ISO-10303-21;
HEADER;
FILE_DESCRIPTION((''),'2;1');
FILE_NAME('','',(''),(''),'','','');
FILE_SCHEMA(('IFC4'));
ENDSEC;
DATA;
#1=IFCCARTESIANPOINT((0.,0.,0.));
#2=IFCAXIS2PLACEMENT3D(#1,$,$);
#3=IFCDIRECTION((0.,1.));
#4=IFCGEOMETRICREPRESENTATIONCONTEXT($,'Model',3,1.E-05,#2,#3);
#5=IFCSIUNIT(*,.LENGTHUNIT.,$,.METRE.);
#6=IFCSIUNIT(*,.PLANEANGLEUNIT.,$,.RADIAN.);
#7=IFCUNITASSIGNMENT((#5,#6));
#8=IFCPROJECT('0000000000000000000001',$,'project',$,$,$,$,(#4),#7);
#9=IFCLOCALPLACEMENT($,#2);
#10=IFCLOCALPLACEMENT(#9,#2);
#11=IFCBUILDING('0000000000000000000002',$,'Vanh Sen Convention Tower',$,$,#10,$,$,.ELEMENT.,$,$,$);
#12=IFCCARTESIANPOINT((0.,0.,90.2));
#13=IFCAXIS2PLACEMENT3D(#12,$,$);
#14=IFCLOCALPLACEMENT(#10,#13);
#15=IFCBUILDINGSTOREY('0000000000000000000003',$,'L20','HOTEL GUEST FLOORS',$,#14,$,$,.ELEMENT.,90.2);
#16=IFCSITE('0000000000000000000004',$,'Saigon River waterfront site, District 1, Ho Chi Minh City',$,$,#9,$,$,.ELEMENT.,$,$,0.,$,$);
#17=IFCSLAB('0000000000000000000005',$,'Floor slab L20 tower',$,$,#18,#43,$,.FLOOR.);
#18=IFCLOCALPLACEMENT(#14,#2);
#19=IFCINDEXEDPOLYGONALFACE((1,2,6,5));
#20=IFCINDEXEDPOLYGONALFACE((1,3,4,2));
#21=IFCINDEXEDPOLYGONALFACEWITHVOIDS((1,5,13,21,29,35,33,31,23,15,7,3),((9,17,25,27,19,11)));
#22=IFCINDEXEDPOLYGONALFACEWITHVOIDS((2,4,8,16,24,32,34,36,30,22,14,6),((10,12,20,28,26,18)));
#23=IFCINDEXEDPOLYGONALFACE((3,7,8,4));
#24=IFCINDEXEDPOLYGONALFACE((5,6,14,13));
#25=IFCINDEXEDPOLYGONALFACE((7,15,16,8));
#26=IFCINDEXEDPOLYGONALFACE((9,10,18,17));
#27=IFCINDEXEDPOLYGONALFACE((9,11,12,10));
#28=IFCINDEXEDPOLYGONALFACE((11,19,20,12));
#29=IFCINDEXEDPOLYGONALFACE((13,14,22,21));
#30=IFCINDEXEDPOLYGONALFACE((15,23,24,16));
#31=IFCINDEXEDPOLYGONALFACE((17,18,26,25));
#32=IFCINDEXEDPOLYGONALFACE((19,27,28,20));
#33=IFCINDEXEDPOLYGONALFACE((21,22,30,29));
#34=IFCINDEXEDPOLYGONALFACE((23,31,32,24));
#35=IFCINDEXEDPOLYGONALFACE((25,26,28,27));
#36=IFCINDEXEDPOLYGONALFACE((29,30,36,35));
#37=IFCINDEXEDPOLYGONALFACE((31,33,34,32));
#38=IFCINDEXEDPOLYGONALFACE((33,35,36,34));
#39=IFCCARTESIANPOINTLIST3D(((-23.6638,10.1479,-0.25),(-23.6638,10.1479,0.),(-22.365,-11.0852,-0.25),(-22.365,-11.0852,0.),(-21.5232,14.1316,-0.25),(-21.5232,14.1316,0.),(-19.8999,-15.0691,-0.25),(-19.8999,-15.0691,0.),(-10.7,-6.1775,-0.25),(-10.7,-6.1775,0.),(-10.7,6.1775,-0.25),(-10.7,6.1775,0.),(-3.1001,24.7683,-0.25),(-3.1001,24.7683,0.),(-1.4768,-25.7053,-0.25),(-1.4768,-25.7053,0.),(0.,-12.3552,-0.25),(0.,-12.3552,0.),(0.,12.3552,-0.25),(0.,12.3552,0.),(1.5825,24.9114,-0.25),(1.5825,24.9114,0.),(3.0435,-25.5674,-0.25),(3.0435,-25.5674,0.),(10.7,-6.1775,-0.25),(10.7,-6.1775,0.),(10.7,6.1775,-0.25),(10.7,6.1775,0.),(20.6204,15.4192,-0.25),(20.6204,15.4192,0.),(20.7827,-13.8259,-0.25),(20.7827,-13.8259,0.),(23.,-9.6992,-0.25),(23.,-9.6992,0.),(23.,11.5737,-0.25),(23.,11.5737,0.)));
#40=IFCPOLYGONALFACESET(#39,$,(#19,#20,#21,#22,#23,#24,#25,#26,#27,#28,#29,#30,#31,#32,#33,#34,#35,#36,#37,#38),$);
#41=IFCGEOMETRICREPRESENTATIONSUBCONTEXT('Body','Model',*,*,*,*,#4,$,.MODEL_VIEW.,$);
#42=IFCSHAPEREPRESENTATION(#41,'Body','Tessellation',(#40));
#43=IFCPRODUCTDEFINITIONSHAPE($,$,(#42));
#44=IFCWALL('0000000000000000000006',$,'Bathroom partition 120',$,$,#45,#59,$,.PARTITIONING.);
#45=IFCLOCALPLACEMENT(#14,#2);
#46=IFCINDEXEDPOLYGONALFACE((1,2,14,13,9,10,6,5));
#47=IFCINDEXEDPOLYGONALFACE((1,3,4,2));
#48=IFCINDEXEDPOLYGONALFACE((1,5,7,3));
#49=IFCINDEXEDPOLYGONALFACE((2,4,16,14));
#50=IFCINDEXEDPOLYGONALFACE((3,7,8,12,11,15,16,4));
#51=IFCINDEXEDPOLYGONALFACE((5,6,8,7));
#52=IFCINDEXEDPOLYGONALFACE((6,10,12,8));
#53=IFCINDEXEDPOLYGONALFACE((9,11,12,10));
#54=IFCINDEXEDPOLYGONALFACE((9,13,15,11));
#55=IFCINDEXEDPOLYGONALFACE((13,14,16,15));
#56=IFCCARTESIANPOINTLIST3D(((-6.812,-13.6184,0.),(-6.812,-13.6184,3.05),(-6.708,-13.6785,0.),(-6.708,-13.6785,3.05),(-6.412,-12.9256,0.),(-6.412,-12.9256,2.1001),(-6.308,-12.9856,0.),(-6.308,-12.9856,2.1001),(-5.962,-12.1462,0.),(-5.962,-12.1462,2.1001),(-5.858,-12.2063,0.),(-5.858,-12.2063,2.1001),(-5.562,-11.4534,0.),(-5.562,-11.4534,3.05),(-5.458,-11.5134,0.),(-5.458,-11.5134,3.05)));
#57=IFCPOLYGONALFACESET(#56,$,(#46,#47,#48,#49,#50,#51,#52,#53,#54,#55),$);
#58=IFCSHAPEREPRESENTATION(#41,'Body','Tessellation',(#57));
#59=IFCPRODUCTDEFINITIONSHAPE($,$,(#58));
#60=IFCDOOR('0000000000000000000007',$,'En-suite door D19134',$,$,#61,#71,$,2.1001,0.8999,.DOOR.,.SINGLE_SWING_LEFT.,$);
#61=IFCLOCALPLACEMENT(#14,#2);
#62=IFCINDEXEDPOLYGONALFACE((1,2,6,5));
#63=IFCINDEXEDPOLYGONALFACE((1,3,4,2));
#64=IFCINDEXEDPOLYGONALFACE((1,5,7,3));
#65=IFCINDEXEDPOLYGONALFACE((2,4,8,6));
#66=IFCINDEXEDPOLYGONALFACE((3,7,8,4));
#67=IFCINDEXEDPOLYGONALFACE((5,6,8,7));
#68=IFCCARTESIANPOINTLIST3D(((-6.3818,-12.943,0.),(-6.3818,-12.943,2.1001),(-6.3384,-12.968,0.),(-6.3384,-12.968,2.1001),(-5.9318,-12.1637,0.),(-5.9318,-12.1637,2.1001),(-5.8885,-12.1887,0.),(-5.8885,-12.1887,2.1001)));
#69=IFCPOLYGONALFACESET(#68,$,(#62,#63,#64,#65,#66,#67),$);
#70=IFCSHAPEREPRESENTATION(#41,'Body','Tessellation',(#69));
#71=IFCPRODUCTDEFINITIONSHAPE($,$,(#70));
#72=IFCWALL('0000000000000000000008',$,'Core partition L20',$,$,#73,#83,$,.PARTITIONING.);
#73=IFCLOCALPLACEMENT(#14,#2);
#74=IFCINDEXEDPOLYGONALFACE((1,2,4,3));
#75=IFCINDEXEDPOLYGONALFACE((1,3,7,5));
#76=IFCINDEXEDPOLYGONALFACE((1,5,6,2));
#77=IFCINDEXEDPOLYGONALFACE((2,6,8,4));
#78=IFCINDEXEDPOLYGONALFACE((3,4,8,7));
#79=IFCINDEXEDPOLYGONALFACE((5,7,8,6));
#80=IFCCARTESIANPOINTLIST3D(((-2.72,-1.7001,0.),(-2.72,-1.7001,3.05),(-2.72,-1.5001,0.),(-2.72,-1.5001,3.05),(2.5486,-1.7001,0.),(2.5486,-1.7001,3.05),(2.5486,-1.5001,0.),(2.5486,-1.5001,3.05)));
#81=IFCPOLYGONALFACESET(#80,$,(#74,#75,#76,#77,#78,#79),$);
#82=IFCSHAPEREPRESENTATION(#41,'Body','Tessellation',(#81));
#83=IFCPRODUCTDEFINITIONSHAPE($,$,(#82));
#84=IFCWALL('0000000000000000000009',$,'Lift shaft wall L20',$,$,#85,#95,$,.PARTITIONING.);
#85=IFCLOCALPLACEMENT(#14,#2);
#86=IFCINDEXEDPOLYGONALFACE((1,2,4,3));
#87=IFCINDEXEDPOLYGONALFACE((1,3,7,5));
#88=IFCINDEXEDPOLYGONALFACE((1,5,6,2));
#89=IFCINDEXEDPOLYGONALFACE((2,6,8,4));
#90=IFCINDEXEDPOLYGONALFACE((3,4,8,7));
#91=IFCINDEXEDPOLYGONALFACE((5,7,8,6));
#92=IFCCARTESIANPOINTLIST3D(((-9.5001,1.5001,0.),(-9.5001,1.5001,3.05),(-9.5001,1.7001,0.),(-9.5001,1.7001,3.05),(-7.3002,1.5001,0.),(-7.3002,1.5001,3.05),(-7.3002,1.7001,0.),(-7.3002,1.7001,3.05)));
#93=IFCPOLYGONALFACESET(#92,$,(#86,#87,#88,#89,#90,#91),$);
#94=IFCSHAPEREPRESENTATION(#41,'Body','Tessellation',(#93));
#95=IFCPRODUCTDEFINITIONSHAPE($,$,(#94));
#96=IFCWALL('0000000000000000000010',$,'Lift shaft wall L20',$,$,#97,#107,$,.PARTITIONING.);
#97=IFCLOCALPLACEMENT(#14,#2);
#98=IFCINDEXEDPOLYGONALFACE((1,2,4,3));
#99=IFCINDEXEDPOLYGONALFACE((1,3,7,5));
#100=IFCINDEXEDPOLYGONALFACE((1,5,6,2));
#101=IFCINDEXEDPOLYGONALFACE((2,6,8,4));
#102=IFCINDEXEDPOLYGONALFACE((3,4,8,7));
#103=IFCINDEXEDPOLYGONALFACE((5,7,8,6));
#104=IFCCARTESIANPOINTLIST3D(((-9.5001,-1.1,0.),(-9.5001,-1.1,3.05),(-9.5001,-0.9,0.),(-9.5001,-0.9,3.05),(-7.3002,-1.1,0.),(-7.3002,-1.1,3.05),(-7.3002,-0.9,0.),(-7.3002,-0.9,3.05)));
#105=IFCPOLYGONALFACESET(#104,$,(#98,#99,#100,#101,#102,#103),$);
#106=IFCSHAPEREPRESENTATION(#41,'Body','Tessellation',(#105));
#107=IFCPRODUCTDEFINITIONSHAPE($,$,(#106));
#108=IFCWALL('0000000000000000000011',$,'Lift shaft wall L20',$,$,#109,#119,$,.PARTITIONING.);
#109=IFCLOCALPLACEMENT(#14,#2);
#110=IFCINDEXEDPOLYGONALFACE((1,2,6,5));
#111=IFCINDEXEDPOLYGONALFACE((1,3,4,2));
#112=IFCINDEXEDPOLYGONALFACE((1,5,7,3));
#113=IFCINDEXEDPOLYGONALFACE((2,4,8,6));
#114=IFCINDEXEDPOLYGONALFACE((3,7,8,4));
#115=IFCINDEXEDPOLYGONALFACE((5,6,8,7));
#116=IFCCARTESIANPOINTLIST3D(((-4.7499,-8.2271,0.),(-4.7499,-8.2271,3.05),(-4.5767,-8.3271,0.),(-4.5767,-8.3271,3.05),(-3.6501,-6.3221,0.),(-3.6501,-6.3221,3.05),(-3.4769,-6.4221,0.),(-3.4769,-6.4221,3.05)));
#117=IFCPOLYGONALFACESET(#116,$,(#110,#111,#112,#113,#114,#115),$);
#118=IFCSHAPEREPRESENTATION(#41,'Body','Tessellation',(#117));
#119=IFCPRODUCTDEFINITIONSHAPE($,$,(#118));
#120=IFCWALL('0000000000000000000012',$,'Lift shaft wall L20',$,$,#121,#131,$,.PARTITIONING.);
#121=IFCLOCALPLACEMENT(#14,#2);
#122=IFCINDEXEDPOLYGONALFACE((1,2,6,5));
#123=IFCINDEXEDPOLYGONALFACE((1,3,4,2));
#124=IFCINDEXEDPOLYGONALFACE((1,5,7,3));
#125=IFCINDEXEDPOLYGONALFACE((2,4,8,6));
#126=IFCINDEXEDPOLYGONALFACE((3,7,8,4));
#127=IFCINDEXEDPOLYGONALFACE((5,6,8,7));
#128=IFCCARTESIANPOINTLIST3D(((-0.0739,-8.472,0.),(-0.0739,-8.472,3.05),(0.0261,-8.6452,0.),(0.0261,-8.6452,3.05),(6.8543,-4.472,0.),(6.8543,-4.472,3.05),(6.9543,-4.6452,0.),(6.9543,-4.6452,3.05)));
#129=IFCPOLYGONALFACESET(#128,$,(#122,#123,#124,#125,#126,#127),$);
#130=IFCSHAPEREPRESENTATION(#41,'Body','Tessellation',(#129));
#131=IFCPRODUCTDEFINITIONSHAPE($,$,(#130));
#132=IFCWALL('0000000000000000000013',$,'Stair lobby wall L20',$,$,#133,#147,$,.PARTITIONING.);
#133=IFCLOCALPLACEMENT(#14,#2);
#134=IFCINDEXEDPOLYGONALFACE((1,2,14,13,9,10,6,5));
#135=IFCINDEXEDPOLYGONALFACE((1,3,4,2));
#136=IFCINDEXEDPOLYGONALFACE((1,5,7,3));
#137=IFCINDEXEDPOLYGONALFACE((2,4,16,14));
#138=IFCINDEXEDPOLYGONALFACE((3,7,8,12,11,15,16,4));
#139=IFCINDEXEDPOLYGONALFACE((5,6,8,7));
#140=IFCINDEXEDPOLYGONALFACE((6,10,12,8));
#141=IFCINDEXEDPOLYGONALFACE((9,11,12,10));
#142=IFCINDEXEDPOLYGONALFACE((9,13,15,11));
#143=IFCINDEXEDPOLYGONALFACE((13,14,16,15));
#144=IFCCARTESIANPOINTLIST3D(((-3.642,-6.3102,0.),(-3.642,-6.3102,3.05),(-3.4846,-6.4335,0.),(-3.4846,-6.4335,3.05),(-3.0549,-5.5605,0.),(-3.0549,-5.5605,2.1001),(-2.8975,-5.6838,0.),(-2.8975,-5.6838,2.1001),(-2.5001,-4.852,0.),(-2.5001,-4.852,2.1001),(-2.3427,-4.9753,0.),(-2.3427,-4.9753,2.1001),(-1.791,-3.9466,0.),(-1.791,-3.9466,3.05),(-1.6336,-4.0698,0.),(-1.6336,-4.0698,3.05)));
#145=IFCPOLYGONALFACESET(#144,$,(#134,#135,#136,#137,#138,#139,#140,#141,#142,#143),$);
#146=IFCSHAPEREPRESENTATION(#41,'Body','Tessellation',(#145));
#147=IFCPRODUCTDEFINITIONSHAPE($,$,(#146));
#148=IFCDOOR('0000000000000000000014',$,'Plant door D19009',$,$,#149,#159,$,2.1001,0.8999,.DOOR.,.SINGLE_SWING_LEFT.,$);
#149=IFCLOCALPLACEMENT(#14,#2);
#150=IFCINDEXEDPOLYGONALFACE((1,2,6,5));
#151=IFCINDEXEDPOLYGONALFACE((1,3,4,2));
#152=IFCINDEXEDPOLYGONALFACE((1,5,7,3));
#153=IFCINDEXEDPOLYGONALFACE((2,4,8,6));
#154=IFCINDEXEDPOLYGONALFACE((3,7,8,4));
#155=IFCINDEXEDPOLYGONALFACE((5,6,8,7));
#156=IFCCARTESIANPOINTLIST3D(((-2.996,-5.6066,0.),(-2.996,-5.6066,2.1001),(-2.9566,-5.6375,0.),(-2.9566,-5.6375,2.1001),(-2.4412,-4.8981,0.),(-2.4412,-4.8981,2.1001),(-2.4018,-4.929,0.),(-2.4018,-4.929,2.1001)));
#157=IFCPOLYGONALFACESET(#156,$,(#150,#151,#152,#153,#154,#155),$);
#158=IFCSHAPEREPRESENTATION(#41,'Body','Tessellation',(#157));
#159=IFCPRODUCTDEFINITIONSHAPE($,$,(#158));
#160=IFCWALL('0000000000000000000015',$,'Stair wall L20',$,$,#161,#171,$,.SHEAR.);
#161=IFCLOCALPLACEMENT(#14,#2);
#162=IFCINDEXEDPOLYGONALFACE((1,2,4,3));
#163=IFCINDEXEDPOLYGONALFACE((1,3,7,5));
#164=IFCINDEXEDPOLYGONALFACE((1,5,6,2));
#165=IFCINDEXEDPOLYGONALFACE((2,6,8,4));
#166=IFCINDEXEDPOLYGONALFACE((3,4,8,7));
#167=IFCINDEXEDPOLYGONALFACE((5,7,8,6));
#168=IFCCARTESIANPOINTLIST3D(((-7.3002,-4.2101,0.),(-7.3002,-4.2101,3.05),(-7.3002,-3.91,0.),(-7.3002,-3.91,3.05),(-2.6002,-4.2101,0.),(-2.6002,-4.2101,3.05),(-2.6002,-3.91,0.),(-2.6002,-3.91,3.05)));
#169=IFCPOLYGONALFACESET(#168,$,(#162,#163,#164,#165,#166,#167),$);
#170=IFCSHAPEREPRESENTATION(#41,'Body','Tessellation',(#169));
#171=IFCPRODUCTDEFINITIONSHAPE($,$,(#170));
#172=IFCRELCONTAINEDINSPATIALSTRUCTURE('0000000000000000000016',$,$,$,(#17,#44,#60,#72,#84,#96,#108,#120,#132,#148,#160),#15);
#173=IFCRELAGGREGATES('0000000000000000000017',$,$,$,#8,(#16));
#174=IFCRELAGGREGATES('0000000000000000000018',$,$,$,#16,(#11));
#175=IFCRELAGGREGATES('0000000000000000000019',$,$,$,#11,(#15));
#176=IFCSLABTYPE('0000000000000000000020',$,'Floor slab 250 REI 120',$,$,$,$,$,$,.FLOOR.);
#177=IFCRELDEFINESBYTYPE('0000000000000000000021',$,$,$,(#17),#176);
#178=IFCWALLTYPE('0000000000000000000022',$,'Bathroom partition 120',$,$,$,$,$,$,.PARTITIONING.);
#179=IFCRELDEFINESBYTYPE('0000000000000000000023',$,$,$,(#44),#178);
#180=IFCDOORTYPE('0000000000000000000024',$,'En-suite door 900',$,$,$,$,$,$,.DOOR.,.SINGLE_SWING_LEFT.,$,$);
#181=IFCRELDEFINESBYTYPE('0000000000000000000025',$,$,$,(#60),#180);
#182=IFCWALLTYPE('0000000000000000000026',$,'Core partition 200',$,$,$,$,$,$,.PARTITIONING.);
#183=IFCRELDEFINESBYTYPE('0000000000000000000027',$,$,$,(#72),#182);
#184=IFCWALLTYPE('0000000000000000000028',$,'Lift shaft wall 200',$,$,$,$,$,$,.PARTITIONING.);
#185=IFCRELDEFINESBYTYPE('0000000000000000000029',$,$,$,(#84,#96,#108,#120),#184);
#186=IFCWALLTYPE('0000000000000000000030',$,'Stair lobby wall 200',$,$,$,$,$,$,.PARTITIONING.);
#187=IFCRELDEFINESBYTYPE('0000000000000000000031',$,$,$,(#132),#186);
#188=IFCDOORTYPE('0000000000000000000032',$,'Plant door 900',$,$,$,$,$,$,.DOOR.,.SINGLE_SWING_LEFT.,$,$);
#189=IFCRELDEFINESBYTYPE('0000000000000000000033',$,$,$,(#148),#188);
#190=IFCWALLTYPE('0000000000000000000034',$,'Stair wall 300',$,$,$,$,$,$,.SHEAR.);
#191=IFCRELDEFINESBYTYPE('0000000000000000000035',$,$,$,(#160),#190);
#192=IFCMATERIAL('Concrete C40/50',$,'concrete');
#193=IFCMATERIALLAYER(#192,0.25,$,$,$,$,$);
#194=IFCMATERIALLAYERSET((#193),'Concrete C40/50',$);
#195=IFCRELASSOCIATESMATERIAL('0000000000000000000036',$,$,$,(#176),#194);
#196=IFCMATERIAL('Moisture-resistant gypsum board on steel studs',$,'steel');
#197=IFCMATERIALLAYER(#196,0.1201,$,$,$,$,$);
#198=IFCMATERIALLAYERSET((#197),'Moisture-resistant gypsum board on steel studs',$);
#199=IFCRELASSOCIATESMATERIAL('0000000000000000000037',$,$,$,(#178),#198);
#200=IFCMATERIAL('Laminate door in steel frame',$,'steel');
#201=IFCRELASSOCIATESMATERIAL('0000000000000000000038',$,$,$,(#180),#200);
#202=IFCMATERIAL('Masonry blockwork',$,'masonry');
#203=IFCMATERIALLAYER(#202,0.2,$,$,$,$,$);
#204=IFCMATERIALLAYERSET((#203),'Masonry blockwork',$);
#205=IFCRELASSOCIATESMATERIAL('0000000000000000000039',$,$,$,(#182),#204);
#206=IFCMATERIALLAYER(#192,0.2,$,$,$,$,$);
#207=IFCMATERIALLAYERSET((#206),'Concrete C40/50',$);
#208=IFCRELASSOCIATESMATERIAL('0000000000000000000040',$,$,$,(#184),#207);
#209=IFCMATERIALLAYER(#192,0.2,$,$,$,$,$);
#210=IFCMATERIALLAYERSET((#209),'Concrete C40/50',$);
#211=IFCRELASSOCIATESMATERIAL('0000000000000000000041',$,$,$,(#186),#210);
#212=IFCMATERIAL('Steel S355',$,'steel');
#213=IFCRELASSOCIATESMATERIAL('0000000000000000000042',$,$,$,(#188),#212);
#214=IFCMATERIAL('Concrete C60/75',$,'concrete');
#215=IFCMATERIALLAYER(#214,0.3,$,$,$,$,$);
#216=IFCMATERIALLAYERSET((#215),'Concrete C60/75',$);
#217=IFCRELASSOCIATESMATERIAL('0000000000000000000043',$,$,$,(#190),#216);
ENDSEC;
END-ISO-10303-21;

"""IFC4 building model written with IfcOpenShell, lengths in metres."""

from ifc_helpers import new_model, si_unit, direction, frame, frame_2d, origin, place, context, subcontext, project, spatial, polyline, rectangle, outline, extrude, material, layer, layer_set, type_object, element, fill, save


model = new_model("IFC4")

# Units and contexts
model_context = context("Model", 3, precision=1e-05, world=origin(), true_north=direction((0.0, 1.0)))
body_context = subcontext(model_context, "Body", "Model", "MODEL_VIEW")
ifc_project = project(units=[si_unit("LENGTHUNIT", "METRE"), si_unit("PLANEANGLEUNIT", "RADIAN")], contexts=[model_context])

# Site, building, storey
site_placement = place(None, origin())
site = spatial("IfcSite", under=ifc_project, at=site_placement, Name="Saigon River waterfront site, District 1, Ho Chi Minh City", CompositionType="ELEMENT", RefElevation=0.0)
building_placement = place(site_placement, origin())
building = spatial("IfcBuilding", under=site, at=building_placement, Name="Vanh Sen Convention Tower", CompositionType="ELEMENT")
storey_placement = place(building_placement, frame((0.0, 0.0, 90.2)))
storey = spatial("IfcBuildingStorey", under=building, at=storey_placement, Name="L20", Description="HOTEL GUEST FLOORS", CompositionType="ELEMENT", Elevation=90.2)

# Slab
ifc_material_1 = material(Name="Concrete C40/50", Category="concrete")
ifc_layer_1 = layer(ifc_material_1, 0.25)
ifc_layer_set_1 = layer_set([ifc_layer_1], Name="Concrete C40/50")
slab_type = type_object("IfcSlabType", Name="Floor slab 250 REI 120", PredefinedType="FLOOR", material=ifc_layer_set_1)
slab_placement = place(storey_placement, frame((0.0, 0.0, -0.25)))
element("IfcSlab", 1, at=slab_placement, inside=storey, type_object=slab_type, Name="Floor slab L20 tower", PredefinedType="FLOOR", context=body_context, shape_type="SweptSolid", body=[
    extrude(outline(polyline([(23.0, -9.6992), (23.0, 11.5737), (20.6204, 15.4192), (1.5825, 24.9114), (-3.1001, 24.7683), (-21.5232, 14.1316), (-23.6638, 10.1479), (-22.365, -11.0852), (-19.8999, -15.0691), (-1.4768, -25.7053), (3.0435, -25.5674), (20.7827, -13.8259), (23.0, -9.6992)]), holes=[polyline([(0.0, 12.3552), (-10.7, 6.1775), (-10.7, -6.1775), (0.0, -12.3552), (10.7, -6.1775), (10.7, 6.1775), (0.0, 12.3552)])]), origin(), (0.0, 0.0, 1.0), 0.25),
])

# Wall, opening, door
ifc_material_2 = material(Name="Moisture-resistant gypsum board on steel studs", Category="steel")
ifc_layer_2 = layer(ifc_material_2, 0.1201)
ifc_layer_set_2 = layer_set([ifc_layer_2], Name="Moisture-resistant gypsum board on steel studs")
wall_type_1 = type_object("IfcWallType", Name="Bathroom partition 120", PredefinedType="PARTITIONING", material=ifc_layer_set_2)
wall_1_placement = place(storey_placement, frame((-5.51, -11.4834, 0.0), z_axis=(0.0, 0.0, 1.0), x_axis=(-0.500004, -0.866023, 0.0)))
wall_1 = element("IfcWall", 2, at=wall_1_placement, inside=storey, type_object=wall_type_1, Name="Bathroom partition 120", PredefinedType="PARTITIONING", context=body_context, shape_type="SweptSolid", body=[
    extrude(rectangle(XDim=2.5, YDim=0.1201, at=frame_2d((1.25, 0.0))), origin(), (0.0, 0.0, 1.0), 3.05),
])
opening_1_placement = place(wall_1_placement, frame((0.8, 0.0, 0.0)))
opening_1 = element("IfcOpeningElement", 3, at=opening_1_placement, cuts=wall_1, PredefinedType="OPENING", context=body_context, shape_type="SweptSolid", body=[
    extrude(rectangle(XDim=0.8999, YDim=2.1001, at=frame_2d((0.45, 1.05))), frame((0.0, 0.0701, 0.0), z_axis=(0.0, -1.0, 0.0), x_axis=(1.0, 0.0, 0.0)), (0.0, 0.0, 1.0), 0.1401),
])
ifc_material_3 = material(Name="Laminate door in steel frame", Category="steel")
door_type_1 = type_object("IfcDoorType", Name="En-suite door 900", OperationType="SINGLE_SWING_LEFT", PredefinedType="DOOR", material=ifc_material_3)
door_1_placement = place(opening_1_placement, origin())
door_1 = element("IfcDoor", 4, at=door_1_placement, inside=storey, type_object=door_type_1, Name="En-suite door D19134", OperationType="SINGLE_SWING_LEFT", OverallHeight=2.1001, OverallWidth=0.8999, PredefinedType="DOOR", context=body_context, shape_type="SweptSolid", body=[
    extrude(rectangle(XDim=0.8999, YDim=2.1001, at=frame_2d((0.45, 1.05))), frame((0.0, 0.0249, 0.0), z_axis=(0.0, -1.0, 0.0), x_axis=(1.0, 0.0, 0.0)), (0.0, 0.0, 1.0), 0.05),
])
fill(opening_1, door_1)

# Walls
ifc_material_4 = material(Name="Masonry blockwork", Category="masonry")
ifc_layer_3 = layer(ifc_material_4, 0.2)
ifc_layer_set_3 = layer_set([ifc_layer_3], Name="Masonry blockwork")
wall_type_2 = type_object("IfcWallType", Name="Core partition 200", PredefinedType="PARTITIONING", material=ifc_layer_set_3)
wall_2_placement = place(storey_placement, frame((-2.72, -1.6001, 0.0), z_axis=(0.0, 0.0, 1.0), x_axis=(1.0, 0.0, 0.0)))
element("IfcWall", 5, at=wall_2_placement, inside=storey, type_object=wall_type_2, Name="Core partition L20", PredefinedType="PARTITIONING", context=body_context, shape_type="SweptSolid", body=[
    extrude(rectangle(XDim=5.2686, YDim=0.2, at=frame_2d((2.6343, 0.0))), origin(), (0.0, 0.0, 1.0), 3.05),
])
ifc_layer_4 = layer(ifc_material_1, 0.2)
ifc_layer_set_4 = layer_set([ifc_layer_4], Name="Concrete C40/50")
wall_type_3 = type_object("IfcWallType", Name="Lift shaft wall 200", PredefinedType="PARTITIONING", material=ifc_layer_set_4)
for number, where, z_axis, x_axis, name in (
    (6, (-7.3, 1.6001, 0.0), (0.0, 0.0, 1.0), (-1.0, 0.0, 0.0), "Lift shaft wall L20"),
    (7, (-7.3, -1.0, 0.0), (0.0, 0.0, 1.0), (-1.0, 0.0, 0.0), "Lift shaft wall L20"),
):
    element("IfcWall", number, at=place(storey_placement, frame(where, z_axis=z_axis, x_axis=x_axis)), inside=storey, type_object=wall_type_3, Name=name, PredefinedType="PARTITIONING", context=body_context, shape_type="SweptSolid", body=[
        extrude(rectangle(XDim=2.2, YDim=0.2, at=frame_2d((1.1001, 0.0))), origin(), (0.0, 0.0, 1.0), 3.05),
    ])
wall_3_placement = place(storey_placement, frame((-3.5635, -6.3721, 0.0), z_axis=(0.0, 0.0, 1.0), x_axis=(-0.499995, -0.866028, 0.0)))
element("IfcWall", 8, at=wall_3_placement, inside=storey, type_object=wall_type_3, Name="Lift shaft wall L20", PredefinedType="PARTITIONING", context=body_context, shape_type="SweptSolid", body=[
    extrude(rectangle(XDim=2.1997, YDim=0.2, at=frame_2d((1.0999, 0.0))), origin(), (0.0, 0.0, 1.0), 3.05),
])
wall_4_placement = place(storey_placement, frame((-0.0239, -8.5586, 0.0), z_axis=(0.0, 0.0, 1.0), x_axis=(0.866026, 0.499999, 0.0)))
element("IfcWall", 9, at=wall_4_placement, inside=storey, type_object=wall_type_3, Name="Lift shaft wall L20", PredefinedType="PARTITIONING", context=body_context, shape_type="SweptSolid", body=[
    extrude(rectangle(XDim=8.0, YDim=0.2, at=frame_2d((4.0, 0.0))), origin(), (0.0, 0.0, 1.0), 3.05),
])

# Wall, opening, door
ifc_layer_5 = layer(ifc_material_1, 0.2)
ifc_layer_set_5 = layer_set([ifc_layer_5], Name="Concrete C40/50")
wall_type_4 = type_object("IfcWallType", Name="Stair lobby wall 200", PredefinedType="PARTITIONING", material=ifc_layer_set_5)
wall_5_placement = place(storey_placement, frame((-1.7124, -4.0083, 0.0), z_axis=(0.0, 0.0, 1.0), x_axis=(-0.616549, -0.787316, 0.0)))
wall_5 = element("IfcWall", 10, at=wall_5_placement, inside=storey, type_object=wall_type_4, Name="Stair lobby wall L20", PredefinedType="PARTITIONING", context=body_context, shape_type="SweptSolid", body=[
    extrude(rectangle(XDim=3.0022, YDim=0.2, at=frame_2d((1.501, 0.0))), origin(), (0.0, 0.0, 1.0), 3.05),
])
opening_2_placement = place(wall_5_placement, frame((1.1499, 0.0, 0.0)))
opening_2 = element("IfcOpeningElement", 11, at=opening_2_placement, cuts=wall_5, PredefinedType="OPENING", context=body_context, shape_type="SweptSolid", body=[
    extrude(rectangle(XDim=0.8999, YDim=2.1001, at=frame_2d((0.45, 1.05))), frame((0.0, 0.1099, 0.0), z_axis=(0.0, -1.0, 0.0), x_axis=(1.0, 0.0, 0.0)), (0.0, 0.0, 1.0), 0.22),
])
ifc_material_5 = material(Name="Steel S355", Category="steel")
door_type_2 = type_object("IfcDoorType", Name="Plant door 900", OperationType="SINGLE_SWING_LEFT", PredefinedType="DOOR", material=ifc_material_5)
door_2_placement = place(opening_2_placement, origin())
door_2 = element("IfcDoor", 12, at=door_2_placement, inside=storey, type_object=door_type_2, Name="Plant door D19009", OperationType="SINGLE_SWING_LEFT", OverallHeight=2.1001, OverallWidth=0.8999, PredefinedType="DOOR", context=body_context, shape_type="SweptSolid", body=[
    extrude(rectangle(XDim=0.8999, YDim=2.1001, at=frame_2d((0.45, 1.05))), frame((0.0, 0.0249, 0.0), z_axis=(0.0, -1.0, 0.0), x_axis=(1.0, 0.0, 0.0)), (0.0, 0.0, 1.0), 0.05),
])
fill(opening_2, door_2)

# Wall
ifc_material_6 = material(Name="Concrete C60/75", Category="concrete")
ifc_layer_6 = layer(ifc_material_6, 0.3)
ifc_layer_set_6 = layer_set([ifc_layer_6], Name="Concrete C60/75")
wall_type_5 = type_object("IfcWallType", Name="Stair wall 300", PredefinedType="SHEAR", material=ifc_layer_set_6)
wall_6_placement = place(storey_placement, frame((-2.6001, -4.0601, 0.0), z_axis=(0.0, 0.0, 1.0), x_axis=(-1.0, 0.0, 0.0)))
element("IfcWall", 13, at=wall_6_placement, inside=storey, type_object=wall_type_5, Name="Stair wall L20", PredefinedType="SHEAR", context=body_context, shape_type="SweptSolid", body=[
    extrude(rectangle(XDim=4.7, YDim=0.3, at=frame_2d((2.3501, 0.0))), origin(), (0.0, 0.0, 1.0), 3.05),
])

save(model, "model.ifc")
